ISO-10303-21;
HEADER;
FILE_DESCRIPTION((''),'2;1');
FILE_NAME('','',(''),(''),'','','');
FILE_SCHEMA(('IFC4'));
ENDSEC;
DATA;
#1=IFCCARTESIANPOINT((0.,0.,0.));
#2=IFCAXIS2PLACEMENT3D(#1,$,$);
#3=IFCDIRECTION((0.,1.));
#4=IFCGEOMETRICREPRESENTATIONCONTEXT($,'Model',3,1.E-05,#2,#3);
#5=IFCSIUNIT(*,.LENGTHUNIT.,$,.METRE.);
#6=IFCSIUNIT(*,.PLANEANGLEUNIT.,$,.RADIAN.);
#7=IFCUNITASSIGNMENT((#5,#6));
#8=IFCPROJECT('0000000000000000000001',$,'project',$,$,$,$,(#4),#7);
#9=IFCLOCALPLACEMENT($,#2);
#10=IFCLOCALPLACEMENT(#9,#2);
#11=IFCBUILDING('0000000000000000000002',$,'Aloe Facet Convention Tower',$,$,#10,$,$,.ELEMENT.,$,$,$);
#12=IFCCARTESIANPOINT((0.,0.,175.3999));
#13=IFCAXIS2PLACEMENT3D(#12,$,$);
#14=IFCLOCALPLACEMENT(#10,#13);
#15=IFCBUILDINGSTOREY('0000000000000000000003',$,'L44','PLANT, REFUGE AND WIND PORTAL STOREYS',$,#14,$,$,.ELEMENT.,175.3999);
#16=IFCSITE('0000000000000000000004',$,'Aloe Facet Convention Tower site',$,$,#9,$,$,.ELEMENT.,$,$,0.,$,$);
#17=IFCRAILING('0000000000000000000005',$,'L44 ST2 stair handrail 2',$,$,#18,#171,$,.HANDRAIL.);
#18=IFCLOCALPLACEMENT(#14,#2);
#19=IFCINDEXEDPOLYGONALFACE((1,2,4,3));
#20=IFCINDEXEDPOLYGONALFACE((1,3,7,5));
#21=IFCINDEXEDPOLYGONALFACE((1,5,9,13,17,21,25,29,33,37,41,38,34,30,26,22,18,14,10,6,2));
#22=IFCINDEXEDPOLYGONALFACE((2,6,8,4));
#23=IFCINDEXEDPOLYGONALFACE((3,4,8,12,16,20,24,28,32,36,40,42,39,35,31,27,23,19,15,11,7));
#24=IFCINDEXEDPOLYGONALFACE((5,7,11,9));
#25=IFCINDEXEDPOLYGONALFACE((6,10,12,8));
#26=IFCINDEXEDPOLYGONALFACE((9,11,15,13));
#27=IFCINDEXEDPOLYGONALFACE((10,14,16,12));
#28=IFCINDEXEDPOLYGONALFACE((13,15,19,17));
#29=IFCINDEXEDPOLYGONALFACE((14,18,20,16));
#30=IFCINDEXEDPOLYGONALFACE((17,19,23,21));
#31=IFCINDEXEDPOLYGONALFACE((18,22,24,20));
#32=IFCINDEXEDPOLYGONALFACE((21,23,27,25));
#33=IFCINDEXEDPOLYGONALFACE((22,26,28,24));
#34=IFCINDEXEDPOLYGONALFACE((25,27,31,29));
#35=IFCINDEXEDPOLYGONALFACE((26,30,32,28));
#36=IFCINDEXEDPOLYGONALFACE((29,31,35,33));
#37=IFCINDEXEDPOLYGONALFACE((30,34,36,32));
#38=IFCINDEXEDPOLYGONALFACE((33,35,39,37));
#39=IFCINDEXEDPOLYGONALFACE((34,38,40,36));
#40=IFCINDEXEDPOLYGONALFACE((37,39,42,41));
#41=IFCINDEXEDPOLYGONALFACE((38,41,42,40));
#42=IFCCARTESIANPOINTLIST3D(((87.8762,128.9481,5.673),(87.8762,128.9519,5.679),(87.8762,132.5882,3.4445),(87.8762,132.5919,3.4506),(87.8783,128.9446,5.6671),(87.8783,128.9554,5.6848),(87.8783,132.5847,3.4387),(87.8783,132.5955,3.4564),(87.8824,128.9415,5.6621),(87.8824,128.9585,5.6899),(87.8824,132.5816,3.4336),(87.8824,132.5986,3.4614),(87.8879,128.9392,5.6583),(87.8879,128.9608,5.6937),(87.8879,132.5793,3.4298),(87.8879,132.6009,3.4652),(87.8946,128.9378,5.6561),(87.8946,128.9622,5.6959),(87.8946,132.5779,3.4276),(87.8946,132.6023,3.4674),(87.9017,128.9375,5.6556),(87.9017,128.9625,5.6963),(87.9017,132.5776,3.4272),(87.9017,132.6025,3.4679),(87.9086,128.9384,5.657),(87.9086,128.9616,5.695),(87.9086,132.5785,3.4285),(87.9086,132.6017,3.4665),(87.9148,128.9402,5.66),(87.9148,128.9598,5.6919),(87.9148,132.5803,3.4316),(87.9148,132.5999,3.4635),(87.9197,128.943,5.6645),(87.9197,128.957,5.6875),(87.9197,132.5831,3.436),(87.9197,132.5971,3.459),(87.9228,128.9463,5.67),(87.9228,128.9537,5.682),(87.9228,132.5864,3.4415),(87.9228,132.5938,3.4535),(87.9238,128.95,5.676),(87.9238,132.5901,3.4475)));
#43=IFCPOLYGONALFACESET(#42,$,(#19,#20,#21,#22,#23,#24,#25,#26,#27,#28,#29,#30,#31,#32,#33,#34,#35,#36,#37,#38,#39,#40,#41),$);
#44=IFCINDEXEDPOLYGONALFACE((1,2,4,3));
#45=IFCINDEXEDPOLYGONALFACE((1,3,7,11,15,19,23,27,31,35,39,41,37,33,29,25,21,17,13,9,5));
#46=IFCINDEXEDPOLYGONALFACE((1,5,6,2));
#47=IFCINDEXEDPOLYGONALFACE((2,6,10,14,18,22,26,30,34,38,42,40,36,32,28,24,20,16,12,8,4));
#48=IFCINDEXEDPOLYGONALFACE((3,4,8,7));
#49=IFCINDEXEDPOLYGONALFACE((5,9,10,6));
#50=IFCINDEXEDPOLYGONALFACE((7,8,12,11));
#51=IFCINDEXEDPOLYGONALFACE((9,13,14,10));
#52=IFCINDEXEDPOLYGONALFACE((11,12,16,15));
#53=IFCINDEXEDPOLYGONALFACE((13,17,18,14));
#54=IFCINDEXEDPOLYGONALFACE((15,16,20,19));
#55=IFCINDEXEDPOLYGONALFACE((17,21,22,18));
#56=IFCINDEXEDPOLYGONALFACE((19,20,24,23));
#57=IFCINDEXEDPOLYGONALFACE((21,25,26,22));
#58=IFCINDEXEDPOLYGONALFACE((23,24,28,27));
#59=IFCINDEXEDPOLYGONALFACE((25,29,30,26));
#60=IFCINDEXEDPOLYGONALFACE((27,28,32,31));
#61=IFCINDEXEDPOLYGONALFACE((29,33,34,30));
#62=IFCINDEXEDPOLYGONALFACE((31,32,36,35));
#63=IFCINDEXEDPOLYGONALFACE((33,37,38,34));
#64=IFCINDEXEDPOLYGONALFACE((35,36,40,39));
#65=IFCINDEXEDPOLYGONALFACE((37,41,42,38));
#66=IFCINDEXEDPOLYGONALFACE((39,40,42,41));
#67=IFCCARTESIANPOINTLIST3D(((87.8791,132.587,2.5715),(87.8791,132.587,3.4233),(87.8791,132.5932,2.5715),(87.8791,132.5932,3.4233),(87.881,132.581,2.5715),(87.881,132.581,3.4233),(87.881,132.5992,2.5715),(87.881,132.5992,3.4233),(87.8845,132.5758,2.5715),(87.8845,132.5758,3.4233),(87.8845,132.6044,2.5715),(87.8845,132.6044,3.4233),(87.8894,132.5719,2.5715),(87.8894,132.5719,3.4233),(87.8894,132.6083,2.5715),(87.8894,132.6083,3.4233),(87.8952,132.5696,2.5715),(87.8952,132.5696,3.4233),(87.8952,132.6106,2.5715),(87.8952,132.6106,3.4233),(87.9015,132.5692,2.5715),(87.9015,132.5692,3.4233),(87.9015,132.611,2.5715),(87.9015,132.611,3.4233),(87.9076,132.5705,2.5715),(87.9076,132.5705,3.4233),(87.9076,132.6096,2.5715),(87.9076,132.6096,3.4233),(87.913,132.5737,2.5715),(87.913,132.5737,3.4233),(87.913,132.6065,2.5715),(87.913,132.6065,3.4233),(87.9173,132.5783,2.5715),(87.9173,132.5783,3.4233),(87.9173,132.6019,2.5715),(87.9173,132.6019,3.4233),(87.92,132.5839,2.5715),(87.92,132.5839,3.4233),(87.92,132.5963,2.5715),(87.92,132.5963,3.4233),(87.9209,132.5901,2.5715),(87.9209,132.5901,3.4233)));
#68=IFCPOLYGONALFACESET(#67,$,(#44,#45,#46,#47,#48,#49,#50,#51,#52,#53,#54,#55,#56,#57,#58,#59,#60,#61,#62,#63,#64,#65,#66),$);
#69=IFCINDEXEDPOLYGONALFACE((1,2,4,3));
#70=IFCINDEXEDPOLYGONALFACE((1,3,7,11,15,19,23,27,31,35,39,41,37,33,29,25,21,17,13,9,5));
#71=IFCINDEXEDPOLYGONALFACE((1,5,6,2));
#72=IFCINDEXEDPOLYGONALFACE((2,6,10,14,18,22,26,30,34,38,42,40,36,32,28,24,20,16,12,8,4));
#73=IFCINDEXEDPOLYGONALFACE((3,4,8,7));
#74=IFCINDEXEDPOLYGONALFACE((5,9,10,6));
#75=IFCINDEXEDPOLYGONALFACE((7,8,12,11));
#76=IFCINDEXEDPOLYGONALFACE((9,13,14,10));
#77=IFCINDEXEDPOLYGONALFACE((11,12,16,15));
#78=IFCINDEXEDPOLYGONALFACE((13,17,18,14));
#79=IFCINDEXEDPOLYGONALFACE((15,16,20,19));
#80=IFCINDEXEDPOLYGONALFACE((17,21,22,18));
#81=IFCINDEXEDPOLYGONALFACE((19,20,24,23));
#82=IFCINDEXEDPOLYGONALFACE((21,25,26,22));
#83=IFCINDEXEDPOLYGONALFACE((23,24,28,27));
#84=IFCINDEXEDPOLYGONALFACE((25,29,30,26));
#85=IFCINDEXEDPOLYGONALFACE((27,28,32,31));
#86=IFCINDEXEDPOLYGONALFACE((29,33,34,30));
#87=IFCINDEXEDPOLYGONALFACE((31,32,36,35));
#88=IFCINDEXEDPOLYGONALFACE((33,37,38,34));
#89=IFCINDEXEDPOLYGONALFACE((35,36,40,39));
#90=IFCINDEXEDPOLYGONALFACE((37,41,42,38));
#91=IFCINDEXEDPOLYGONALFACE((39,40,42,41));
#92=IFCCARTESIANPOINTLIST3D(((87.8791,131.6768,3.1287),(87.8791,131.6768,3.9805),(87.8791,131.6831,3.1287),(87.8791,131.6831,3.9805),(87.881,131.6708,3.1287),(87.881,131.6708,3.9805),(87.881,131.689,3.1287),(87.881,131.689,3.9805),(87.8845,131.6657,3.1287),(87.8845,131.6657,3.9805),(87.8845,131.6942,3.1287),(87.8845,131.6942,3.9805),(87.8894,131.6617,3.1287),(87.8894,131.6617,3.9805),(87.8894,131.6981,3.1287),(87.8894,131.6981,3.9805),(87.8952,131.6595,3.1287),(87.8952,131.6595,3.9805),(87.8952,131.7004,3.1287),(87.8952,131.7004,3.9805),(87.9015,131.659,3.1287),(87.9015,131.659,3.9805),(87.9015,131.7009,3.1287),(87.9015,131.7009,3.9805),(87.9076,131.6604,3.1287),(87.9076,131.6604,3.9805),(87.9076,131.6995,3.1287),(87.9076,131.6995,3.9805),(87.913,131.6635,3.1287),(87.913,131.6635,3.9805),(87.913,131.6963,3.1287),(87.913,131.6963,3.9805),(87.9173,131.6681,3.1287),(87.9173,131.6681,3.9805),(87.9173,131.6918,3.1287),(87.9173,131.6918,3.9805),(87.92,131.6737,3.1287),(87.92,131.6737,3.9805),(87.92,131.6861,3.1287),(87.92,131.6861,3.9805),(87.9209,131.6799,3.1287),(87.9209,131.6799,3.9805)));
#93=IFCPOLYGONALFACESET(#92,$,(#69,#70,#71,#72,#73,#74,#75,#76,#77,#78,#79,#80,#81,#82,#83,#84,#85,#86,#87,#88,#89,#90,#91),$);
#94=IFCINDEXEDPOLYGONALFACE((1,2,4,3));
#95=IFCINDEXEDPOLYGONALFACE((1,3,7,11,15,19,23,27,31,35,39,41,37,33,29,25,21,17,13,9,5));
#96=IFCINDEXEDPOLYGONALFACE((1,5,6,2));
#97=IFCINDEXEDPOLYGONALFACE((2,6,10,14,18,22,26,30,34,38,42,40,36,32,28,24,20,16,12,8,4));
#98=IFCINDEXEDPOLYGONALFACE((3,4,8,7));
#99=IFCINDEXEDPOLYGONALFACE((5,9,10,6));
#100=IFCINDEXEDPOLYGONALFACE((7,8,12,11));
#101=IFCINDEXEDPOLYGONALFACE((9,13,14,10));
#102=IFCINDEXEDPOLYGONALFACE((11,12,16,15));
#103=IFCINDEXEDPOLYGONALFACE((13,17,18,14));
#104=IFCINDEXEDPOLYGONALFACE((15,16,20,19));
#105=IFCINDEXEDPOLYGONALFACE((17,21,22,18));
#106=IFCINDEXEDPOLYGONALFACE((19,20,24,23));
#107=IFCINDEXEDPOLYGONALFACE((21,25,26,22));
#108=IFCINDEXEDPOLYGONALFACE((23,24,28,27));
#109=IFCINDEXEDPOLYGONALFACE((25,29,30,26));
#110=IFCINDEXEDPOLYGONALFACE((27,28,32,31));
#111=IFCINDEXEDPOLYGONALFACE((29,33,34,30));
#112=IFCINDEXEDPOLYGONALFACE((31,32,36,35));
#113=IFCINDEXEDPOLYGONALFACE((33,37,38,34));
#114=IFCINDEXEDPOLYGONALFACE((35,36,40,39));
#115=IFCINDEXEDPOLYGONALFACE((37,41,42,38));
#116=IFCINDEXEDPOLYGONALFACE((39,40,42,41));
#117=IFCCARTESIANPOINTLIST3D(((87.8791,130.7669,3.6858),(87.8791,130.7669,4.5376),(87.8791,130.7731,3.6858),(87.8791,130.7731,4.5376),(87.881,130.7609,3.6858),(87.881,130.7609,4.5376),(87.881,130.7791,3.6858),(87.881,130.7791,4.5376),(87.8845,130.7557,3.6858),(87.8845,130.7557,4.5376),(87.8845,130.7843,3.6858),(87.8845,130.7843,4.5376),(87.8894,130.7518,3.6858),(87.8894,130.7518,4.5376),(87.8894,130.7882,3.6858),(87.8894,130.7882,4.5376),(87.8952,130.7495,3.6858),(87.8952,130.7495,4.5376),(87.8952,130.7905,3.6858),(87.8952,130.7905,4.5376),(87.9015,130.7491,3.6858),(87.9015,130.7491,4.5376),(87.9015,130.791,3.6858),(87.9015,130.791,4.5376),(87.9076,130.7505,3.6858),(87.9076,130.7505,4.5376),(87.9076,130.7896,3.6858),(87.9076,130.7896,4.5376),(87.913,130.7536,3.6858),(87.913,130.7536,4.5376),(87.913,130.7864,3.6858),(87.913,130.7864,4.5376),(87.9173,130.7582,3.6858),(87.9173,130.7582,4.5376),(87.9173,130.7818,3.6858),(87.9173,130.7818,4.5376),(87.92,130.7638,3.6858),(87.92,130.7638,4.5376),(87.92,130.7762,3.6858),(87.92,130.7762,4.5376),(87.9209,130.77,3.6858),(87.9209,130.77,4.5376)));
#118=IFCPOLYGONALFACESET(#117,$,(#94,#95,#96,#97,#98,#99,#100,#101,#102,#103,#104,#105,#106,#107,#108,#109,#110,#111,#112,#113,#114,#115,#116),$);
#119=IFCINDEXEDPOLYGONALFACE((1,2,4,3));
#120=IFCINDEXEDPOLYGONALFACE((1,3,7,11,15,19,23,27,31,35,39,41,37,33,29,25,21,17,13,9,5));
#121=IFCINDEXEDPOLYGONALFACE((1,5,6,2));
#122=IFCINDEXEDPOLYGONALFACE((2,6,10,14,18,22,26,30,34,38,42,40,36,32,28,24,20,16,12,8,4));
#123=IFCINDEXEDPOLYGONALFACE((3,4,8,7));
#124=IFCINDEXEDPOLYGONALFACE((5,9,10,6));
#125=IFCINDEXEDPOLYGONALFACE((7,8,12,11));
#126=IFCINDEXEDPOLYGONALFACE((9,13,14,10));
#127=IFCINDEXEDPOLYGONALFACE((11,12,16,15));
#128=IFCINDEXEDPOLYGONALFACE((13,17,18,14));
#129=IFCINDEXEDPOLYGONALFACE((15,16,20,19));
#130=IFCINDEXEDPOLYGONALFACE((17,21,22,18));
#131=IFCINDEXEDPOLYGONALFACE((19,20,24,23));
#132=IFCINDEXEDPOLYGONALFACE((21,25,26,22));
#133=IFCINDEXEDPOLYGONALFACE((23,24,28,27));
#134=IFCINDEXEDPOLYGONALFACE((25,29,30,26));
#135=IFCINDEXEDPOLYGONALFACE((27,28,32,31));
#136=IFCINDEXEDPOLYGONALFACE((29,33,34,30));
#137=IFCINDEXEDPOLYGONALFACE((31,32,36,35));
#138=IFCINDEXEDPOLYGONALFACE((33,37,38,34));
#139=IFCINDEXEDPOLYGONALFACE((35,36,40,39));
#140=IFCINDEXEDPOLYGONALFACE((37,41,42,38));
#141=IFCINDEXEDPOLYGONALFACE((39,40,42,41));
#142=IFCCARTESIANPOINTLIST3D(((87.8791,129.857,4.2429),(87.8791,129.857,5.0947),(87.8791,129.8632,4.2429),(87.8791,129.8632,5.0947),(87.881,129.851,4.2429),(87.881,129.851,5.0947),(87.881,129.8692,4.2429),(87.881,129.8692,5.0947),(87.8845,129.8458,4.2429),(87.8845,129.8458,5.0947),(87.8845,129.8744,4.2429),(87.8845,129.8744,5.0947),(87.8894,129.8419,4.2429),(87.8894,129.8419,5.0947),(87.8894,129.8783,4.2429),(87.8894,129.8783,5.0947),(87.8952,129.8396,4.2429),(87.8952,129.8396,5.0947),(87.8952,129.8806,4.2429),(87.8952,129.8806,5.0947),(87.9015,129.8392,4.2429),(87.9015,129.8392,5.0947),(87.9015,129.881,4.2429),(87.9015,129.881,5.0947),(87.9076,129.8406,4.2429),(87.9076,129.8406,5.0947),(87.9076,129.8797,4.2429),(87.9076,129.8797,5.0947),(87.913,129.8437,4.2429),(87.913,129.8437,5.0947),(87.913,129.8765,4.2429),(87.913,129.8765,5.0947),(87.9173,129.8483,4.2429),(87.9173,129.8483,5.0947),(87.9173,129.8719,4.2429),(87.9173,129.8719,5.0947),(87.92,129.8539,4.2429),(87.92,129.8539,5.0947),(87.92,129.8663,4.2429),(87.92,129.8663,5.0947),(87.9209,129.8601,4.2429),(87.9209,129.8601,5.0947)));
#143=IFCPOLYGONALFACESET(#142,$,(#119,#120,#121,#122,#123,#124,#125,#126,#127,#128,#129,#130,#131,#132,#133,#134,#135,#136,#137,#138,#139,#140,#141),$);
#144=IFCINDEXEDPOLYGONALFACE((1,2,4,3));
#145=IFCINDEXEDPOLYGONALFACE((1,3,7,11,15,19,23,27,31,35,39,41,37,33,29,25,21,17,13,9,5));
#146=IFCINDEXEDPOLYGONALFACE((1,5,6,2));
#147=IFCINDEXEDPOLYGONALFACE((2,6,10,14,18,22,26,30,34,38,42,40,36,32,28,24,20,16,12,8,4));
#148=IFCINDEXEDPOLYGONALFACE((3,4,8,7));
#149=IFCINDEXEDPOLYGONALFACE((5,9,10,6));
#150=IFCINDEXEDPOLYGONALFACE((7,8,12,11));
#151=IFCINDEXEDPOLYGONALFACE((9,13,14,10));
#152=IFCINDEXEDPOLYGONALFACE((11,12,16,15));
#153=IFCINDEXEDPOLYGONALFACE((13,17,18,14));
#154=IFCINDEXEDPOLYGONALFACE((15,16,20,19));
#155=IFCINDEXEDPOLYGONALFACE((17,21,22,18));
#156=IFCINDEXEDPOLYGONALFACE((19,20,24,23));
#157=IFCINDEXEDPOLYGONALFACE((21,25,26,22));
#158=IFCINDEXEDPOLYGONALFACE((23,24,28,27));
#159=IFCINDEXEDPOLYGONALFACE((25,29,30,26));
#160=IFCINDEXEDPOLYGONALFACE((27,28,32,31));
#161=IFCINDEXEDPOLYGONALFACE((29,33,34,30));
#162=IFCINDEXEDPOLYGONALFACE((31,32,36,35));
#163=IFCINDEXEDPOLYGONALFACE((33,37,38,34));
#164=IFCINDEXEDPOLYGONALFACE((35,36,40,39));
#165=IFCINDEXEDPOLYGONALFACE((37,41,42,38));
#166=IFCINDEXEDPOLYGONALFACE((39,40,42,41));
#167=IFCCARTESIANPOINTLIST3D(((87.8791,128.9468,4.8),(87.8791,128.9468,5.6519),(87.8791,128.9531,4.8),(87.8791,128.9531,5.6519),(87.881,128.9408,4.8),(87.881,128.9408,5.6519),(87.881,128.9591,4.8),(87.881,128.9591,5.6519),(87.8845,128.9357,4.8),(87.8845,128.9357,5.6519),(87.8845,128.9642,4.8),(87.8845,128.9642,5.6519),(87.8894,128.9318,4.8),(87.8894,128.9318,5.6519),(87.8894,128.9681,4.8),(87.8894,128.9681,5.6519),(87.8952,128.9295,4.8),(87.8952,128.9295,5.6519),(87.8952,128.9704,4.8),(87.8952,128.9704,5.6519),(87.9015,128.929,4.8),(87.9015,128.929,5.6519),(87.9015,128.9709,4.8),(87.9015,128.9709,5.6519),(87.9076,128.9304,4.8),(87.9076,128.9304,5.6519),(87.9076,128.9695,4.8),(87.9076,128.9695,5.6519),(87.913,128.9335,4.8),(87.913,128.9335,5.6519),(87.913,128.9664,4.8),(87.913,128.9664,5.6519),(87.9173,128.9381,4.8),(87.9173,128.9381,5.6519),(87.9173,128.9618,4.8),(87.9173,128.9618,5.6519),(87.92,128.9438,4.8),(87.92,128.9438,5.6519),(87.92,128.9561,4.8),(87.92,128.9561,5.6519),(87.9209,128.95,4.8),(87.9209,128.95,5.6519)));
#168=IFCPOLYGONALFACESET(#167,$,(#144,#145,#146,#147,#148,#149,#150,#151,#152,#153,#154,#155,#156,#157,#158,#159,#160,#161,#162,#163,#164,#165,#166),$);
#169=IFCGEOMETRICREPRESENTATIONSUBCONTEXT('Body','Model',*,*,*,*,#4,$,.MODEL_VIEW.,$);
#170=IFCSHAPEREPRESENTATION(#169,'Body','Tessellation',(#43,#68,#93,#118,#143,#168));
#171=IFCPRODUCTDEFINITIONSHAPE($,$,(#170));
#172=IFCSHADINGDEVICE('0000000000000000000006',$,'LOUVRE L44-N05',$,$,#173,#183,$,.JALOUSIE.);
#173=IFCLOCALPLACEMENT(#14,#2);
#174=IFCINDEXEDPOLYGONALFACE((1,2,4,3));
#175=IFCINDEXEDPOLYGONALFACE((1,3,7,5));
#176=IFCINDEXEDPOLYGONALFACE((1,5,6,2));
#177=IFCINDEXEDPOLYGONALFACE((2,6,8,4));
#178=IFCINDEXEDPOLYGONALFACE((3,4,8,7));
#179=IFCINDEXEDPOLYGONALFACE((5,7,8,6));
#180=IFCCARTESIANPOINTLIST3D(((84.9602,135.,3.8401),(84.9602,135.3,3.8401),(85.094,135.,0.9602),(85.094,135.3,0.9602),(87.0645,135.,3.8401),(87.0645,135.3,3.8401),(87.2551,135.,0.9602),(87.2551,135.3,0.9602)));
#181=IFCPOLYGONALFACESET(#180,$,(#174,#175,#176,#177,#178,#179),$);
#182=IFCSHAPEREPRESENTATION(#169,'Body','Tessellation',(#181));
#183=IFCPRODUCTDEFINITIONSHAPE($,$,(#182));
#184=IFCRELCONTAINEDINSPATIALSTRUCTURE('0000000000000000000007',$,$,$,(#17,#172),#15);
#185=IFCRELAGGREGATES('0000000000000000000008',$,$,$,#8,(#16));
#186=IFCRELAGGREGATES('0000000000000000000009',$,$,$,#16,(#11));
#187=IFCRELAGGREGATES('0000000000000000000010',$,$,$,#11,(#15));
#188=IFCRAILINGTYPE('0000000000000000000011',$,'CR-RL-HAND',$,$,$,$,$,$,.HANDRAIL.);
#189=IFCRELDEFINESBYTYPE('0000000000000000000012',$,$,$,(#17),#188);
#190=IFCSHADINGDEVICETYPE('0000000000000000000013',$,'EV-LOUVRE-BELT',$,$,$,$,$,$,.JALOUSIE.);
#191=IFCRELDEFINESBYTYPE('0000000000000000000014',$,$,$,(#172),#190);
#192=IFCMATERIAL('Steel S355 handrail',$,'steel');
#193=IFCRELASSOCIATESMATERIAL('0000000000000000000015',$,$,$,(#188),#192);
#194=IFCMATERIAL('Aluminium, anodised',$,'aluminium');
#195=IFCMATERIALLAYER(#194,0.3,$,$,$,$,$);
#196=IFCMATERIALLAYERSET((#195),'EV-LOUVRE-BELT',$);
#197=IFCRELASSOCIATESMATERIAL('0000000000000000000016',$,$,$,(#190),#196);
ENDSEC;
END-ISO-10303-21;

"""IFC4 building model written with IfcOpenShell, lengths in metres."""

from ifc_helpers import new_model, si_unit, direction, frame, origin, origin_2d, place, context, subcontext, project, spatial, polyline, circle, outline, extrude, material, layer, layer_set, type_object, element, save


model = new_model("IFC4")

# Units and contexts
model_context = context("Model", 3, precision=1e-05, world=origin(), true_north=direction((0.0, 1.0)))
body_context = subcontext(model_context, "Body", "Model", "MODEL_VIEW")
ifc_project = project(units=[si_unit("LENGTHUNIT", "METRE"), si_unit("PLANEANGLEUNIT", "RADIAN")], contexts=[model_context])

# Site, building, storey
site_placement = place(None, origin())
site = spatial("IfcSite", under=ifc_project, at=site_placement, Name="Aloe Facet Convention Tower site", CompositionType="ELEMENT", RefElevation=0.0)
building_placement = place(site_placement, origin())
building = spatial("IfcBuilding", under=site, at=building_placement, Name="Aloe Facet Convention Tower", CompositionType="ELEMENT")
storey_placement = place(building_placement, frame((0.0, 0.0, 175.3999)))
storey = spatial("IfcBuildingStorey", under=building, at=storey_placement, Name="L44", Description="PLANT, REFUGE AND WIND PORTAL STOREYS", CompositionType="ELEMENT", Elevation=175.3999)

# Railing
ifc_material_1 = material(Name="Steel S355 handrail", Category="steel")
railing_type_1 = type_object("IfcRailingType", Name="CR-RL-HAND", PredefinedType="HANDRAIL", material=ifc_material_1)
railing_1_placement = place(storey_placement, frame((87.8999, 132.5901, 2.5715)))
element("IfcRailing", 1, at=railing_1_placement, inside=storey, type_object=railing_type_1, Name="L44 ST2 stair handrail 2", PredefinedType="HANDRAIL", context=body_context, shape_type="SweptSolid", body=[
    extrude(circle(Radius=0.0239, at=origin_2d()), frame((0.0, 0.0, 0.876), z_axis=(0.0, -0.852866, 0.52213), x_axis=(1.0, 0.0, 0.0)), (0.0, 0.0, 1.0), 4.2681),
    extrude(circle(Radius=0.021, at=origin_2d()), origin(), (0.0, 0.0, 1.0), 0.8518),
    extrude(circle(Radius=0.021, at=origin_2d()), frame((0.0, -0.9102, 0.5571)), (0.0, 0.0, 1.0), 0.8518),
    extrude(circle(Radius=0.021, at=origin_2d()), frame((0.0, -1.8201, 1.1143)), (0.0, 0.0, 1.0), 0.8518),
    extrude(circle(Radius=0.021, at=origin_2d()), frame((0.0, -2.73, 1.6714)), (0.0, 0.0, 1.0), 0.8518),
    extrude(circle(Radius=0.021, at=origin_2d()), frame((0.0, -3.6401, 2.2285)), (0.0, 0.0, 1.0), 0.8518),
])

# Shading device
ifc_material_2 = material(Name="Aluminium, anodised", Category="aluminium")
ifc_layer_1 = layer(ifc_material_2, 0.3)
ifc_layer_set_1 = layer_set([ifc_layer_1], Name="EV-LOUVRE-BELT")
shading_device_type = type_object("IfcShadingDeviceType", Name="EV-LOUVRE-BELT", PredefinedType="JALOUSIE", material=ifc_layer_set_1)
shading_device_placement = place(storey_placement, frame((87.2551, 135.3, 0.9602), z_axis=(0.0, 1.0, 0.0), x_axis=(-1.0, 0.0, 0.0)))
element("IfcShadingDevice", 2, at=shading_device_placement, inside=storey, type_object=shading_device_type, Name="LOUVRE L44-N05", PredefinedType="JALOUSIE", context=body_context, shape_type="SweptSolid", body=[
    extrude(outline(polyline([(0.0, 0.0), (2.1611, 0.0), (2.2949, 2.8799), (0.1907, 2.8799), (0.0, 0.0)])), origin(), (0.0, 0.0, -1.0), 0.3),
])

save(model, "model.ifc")
